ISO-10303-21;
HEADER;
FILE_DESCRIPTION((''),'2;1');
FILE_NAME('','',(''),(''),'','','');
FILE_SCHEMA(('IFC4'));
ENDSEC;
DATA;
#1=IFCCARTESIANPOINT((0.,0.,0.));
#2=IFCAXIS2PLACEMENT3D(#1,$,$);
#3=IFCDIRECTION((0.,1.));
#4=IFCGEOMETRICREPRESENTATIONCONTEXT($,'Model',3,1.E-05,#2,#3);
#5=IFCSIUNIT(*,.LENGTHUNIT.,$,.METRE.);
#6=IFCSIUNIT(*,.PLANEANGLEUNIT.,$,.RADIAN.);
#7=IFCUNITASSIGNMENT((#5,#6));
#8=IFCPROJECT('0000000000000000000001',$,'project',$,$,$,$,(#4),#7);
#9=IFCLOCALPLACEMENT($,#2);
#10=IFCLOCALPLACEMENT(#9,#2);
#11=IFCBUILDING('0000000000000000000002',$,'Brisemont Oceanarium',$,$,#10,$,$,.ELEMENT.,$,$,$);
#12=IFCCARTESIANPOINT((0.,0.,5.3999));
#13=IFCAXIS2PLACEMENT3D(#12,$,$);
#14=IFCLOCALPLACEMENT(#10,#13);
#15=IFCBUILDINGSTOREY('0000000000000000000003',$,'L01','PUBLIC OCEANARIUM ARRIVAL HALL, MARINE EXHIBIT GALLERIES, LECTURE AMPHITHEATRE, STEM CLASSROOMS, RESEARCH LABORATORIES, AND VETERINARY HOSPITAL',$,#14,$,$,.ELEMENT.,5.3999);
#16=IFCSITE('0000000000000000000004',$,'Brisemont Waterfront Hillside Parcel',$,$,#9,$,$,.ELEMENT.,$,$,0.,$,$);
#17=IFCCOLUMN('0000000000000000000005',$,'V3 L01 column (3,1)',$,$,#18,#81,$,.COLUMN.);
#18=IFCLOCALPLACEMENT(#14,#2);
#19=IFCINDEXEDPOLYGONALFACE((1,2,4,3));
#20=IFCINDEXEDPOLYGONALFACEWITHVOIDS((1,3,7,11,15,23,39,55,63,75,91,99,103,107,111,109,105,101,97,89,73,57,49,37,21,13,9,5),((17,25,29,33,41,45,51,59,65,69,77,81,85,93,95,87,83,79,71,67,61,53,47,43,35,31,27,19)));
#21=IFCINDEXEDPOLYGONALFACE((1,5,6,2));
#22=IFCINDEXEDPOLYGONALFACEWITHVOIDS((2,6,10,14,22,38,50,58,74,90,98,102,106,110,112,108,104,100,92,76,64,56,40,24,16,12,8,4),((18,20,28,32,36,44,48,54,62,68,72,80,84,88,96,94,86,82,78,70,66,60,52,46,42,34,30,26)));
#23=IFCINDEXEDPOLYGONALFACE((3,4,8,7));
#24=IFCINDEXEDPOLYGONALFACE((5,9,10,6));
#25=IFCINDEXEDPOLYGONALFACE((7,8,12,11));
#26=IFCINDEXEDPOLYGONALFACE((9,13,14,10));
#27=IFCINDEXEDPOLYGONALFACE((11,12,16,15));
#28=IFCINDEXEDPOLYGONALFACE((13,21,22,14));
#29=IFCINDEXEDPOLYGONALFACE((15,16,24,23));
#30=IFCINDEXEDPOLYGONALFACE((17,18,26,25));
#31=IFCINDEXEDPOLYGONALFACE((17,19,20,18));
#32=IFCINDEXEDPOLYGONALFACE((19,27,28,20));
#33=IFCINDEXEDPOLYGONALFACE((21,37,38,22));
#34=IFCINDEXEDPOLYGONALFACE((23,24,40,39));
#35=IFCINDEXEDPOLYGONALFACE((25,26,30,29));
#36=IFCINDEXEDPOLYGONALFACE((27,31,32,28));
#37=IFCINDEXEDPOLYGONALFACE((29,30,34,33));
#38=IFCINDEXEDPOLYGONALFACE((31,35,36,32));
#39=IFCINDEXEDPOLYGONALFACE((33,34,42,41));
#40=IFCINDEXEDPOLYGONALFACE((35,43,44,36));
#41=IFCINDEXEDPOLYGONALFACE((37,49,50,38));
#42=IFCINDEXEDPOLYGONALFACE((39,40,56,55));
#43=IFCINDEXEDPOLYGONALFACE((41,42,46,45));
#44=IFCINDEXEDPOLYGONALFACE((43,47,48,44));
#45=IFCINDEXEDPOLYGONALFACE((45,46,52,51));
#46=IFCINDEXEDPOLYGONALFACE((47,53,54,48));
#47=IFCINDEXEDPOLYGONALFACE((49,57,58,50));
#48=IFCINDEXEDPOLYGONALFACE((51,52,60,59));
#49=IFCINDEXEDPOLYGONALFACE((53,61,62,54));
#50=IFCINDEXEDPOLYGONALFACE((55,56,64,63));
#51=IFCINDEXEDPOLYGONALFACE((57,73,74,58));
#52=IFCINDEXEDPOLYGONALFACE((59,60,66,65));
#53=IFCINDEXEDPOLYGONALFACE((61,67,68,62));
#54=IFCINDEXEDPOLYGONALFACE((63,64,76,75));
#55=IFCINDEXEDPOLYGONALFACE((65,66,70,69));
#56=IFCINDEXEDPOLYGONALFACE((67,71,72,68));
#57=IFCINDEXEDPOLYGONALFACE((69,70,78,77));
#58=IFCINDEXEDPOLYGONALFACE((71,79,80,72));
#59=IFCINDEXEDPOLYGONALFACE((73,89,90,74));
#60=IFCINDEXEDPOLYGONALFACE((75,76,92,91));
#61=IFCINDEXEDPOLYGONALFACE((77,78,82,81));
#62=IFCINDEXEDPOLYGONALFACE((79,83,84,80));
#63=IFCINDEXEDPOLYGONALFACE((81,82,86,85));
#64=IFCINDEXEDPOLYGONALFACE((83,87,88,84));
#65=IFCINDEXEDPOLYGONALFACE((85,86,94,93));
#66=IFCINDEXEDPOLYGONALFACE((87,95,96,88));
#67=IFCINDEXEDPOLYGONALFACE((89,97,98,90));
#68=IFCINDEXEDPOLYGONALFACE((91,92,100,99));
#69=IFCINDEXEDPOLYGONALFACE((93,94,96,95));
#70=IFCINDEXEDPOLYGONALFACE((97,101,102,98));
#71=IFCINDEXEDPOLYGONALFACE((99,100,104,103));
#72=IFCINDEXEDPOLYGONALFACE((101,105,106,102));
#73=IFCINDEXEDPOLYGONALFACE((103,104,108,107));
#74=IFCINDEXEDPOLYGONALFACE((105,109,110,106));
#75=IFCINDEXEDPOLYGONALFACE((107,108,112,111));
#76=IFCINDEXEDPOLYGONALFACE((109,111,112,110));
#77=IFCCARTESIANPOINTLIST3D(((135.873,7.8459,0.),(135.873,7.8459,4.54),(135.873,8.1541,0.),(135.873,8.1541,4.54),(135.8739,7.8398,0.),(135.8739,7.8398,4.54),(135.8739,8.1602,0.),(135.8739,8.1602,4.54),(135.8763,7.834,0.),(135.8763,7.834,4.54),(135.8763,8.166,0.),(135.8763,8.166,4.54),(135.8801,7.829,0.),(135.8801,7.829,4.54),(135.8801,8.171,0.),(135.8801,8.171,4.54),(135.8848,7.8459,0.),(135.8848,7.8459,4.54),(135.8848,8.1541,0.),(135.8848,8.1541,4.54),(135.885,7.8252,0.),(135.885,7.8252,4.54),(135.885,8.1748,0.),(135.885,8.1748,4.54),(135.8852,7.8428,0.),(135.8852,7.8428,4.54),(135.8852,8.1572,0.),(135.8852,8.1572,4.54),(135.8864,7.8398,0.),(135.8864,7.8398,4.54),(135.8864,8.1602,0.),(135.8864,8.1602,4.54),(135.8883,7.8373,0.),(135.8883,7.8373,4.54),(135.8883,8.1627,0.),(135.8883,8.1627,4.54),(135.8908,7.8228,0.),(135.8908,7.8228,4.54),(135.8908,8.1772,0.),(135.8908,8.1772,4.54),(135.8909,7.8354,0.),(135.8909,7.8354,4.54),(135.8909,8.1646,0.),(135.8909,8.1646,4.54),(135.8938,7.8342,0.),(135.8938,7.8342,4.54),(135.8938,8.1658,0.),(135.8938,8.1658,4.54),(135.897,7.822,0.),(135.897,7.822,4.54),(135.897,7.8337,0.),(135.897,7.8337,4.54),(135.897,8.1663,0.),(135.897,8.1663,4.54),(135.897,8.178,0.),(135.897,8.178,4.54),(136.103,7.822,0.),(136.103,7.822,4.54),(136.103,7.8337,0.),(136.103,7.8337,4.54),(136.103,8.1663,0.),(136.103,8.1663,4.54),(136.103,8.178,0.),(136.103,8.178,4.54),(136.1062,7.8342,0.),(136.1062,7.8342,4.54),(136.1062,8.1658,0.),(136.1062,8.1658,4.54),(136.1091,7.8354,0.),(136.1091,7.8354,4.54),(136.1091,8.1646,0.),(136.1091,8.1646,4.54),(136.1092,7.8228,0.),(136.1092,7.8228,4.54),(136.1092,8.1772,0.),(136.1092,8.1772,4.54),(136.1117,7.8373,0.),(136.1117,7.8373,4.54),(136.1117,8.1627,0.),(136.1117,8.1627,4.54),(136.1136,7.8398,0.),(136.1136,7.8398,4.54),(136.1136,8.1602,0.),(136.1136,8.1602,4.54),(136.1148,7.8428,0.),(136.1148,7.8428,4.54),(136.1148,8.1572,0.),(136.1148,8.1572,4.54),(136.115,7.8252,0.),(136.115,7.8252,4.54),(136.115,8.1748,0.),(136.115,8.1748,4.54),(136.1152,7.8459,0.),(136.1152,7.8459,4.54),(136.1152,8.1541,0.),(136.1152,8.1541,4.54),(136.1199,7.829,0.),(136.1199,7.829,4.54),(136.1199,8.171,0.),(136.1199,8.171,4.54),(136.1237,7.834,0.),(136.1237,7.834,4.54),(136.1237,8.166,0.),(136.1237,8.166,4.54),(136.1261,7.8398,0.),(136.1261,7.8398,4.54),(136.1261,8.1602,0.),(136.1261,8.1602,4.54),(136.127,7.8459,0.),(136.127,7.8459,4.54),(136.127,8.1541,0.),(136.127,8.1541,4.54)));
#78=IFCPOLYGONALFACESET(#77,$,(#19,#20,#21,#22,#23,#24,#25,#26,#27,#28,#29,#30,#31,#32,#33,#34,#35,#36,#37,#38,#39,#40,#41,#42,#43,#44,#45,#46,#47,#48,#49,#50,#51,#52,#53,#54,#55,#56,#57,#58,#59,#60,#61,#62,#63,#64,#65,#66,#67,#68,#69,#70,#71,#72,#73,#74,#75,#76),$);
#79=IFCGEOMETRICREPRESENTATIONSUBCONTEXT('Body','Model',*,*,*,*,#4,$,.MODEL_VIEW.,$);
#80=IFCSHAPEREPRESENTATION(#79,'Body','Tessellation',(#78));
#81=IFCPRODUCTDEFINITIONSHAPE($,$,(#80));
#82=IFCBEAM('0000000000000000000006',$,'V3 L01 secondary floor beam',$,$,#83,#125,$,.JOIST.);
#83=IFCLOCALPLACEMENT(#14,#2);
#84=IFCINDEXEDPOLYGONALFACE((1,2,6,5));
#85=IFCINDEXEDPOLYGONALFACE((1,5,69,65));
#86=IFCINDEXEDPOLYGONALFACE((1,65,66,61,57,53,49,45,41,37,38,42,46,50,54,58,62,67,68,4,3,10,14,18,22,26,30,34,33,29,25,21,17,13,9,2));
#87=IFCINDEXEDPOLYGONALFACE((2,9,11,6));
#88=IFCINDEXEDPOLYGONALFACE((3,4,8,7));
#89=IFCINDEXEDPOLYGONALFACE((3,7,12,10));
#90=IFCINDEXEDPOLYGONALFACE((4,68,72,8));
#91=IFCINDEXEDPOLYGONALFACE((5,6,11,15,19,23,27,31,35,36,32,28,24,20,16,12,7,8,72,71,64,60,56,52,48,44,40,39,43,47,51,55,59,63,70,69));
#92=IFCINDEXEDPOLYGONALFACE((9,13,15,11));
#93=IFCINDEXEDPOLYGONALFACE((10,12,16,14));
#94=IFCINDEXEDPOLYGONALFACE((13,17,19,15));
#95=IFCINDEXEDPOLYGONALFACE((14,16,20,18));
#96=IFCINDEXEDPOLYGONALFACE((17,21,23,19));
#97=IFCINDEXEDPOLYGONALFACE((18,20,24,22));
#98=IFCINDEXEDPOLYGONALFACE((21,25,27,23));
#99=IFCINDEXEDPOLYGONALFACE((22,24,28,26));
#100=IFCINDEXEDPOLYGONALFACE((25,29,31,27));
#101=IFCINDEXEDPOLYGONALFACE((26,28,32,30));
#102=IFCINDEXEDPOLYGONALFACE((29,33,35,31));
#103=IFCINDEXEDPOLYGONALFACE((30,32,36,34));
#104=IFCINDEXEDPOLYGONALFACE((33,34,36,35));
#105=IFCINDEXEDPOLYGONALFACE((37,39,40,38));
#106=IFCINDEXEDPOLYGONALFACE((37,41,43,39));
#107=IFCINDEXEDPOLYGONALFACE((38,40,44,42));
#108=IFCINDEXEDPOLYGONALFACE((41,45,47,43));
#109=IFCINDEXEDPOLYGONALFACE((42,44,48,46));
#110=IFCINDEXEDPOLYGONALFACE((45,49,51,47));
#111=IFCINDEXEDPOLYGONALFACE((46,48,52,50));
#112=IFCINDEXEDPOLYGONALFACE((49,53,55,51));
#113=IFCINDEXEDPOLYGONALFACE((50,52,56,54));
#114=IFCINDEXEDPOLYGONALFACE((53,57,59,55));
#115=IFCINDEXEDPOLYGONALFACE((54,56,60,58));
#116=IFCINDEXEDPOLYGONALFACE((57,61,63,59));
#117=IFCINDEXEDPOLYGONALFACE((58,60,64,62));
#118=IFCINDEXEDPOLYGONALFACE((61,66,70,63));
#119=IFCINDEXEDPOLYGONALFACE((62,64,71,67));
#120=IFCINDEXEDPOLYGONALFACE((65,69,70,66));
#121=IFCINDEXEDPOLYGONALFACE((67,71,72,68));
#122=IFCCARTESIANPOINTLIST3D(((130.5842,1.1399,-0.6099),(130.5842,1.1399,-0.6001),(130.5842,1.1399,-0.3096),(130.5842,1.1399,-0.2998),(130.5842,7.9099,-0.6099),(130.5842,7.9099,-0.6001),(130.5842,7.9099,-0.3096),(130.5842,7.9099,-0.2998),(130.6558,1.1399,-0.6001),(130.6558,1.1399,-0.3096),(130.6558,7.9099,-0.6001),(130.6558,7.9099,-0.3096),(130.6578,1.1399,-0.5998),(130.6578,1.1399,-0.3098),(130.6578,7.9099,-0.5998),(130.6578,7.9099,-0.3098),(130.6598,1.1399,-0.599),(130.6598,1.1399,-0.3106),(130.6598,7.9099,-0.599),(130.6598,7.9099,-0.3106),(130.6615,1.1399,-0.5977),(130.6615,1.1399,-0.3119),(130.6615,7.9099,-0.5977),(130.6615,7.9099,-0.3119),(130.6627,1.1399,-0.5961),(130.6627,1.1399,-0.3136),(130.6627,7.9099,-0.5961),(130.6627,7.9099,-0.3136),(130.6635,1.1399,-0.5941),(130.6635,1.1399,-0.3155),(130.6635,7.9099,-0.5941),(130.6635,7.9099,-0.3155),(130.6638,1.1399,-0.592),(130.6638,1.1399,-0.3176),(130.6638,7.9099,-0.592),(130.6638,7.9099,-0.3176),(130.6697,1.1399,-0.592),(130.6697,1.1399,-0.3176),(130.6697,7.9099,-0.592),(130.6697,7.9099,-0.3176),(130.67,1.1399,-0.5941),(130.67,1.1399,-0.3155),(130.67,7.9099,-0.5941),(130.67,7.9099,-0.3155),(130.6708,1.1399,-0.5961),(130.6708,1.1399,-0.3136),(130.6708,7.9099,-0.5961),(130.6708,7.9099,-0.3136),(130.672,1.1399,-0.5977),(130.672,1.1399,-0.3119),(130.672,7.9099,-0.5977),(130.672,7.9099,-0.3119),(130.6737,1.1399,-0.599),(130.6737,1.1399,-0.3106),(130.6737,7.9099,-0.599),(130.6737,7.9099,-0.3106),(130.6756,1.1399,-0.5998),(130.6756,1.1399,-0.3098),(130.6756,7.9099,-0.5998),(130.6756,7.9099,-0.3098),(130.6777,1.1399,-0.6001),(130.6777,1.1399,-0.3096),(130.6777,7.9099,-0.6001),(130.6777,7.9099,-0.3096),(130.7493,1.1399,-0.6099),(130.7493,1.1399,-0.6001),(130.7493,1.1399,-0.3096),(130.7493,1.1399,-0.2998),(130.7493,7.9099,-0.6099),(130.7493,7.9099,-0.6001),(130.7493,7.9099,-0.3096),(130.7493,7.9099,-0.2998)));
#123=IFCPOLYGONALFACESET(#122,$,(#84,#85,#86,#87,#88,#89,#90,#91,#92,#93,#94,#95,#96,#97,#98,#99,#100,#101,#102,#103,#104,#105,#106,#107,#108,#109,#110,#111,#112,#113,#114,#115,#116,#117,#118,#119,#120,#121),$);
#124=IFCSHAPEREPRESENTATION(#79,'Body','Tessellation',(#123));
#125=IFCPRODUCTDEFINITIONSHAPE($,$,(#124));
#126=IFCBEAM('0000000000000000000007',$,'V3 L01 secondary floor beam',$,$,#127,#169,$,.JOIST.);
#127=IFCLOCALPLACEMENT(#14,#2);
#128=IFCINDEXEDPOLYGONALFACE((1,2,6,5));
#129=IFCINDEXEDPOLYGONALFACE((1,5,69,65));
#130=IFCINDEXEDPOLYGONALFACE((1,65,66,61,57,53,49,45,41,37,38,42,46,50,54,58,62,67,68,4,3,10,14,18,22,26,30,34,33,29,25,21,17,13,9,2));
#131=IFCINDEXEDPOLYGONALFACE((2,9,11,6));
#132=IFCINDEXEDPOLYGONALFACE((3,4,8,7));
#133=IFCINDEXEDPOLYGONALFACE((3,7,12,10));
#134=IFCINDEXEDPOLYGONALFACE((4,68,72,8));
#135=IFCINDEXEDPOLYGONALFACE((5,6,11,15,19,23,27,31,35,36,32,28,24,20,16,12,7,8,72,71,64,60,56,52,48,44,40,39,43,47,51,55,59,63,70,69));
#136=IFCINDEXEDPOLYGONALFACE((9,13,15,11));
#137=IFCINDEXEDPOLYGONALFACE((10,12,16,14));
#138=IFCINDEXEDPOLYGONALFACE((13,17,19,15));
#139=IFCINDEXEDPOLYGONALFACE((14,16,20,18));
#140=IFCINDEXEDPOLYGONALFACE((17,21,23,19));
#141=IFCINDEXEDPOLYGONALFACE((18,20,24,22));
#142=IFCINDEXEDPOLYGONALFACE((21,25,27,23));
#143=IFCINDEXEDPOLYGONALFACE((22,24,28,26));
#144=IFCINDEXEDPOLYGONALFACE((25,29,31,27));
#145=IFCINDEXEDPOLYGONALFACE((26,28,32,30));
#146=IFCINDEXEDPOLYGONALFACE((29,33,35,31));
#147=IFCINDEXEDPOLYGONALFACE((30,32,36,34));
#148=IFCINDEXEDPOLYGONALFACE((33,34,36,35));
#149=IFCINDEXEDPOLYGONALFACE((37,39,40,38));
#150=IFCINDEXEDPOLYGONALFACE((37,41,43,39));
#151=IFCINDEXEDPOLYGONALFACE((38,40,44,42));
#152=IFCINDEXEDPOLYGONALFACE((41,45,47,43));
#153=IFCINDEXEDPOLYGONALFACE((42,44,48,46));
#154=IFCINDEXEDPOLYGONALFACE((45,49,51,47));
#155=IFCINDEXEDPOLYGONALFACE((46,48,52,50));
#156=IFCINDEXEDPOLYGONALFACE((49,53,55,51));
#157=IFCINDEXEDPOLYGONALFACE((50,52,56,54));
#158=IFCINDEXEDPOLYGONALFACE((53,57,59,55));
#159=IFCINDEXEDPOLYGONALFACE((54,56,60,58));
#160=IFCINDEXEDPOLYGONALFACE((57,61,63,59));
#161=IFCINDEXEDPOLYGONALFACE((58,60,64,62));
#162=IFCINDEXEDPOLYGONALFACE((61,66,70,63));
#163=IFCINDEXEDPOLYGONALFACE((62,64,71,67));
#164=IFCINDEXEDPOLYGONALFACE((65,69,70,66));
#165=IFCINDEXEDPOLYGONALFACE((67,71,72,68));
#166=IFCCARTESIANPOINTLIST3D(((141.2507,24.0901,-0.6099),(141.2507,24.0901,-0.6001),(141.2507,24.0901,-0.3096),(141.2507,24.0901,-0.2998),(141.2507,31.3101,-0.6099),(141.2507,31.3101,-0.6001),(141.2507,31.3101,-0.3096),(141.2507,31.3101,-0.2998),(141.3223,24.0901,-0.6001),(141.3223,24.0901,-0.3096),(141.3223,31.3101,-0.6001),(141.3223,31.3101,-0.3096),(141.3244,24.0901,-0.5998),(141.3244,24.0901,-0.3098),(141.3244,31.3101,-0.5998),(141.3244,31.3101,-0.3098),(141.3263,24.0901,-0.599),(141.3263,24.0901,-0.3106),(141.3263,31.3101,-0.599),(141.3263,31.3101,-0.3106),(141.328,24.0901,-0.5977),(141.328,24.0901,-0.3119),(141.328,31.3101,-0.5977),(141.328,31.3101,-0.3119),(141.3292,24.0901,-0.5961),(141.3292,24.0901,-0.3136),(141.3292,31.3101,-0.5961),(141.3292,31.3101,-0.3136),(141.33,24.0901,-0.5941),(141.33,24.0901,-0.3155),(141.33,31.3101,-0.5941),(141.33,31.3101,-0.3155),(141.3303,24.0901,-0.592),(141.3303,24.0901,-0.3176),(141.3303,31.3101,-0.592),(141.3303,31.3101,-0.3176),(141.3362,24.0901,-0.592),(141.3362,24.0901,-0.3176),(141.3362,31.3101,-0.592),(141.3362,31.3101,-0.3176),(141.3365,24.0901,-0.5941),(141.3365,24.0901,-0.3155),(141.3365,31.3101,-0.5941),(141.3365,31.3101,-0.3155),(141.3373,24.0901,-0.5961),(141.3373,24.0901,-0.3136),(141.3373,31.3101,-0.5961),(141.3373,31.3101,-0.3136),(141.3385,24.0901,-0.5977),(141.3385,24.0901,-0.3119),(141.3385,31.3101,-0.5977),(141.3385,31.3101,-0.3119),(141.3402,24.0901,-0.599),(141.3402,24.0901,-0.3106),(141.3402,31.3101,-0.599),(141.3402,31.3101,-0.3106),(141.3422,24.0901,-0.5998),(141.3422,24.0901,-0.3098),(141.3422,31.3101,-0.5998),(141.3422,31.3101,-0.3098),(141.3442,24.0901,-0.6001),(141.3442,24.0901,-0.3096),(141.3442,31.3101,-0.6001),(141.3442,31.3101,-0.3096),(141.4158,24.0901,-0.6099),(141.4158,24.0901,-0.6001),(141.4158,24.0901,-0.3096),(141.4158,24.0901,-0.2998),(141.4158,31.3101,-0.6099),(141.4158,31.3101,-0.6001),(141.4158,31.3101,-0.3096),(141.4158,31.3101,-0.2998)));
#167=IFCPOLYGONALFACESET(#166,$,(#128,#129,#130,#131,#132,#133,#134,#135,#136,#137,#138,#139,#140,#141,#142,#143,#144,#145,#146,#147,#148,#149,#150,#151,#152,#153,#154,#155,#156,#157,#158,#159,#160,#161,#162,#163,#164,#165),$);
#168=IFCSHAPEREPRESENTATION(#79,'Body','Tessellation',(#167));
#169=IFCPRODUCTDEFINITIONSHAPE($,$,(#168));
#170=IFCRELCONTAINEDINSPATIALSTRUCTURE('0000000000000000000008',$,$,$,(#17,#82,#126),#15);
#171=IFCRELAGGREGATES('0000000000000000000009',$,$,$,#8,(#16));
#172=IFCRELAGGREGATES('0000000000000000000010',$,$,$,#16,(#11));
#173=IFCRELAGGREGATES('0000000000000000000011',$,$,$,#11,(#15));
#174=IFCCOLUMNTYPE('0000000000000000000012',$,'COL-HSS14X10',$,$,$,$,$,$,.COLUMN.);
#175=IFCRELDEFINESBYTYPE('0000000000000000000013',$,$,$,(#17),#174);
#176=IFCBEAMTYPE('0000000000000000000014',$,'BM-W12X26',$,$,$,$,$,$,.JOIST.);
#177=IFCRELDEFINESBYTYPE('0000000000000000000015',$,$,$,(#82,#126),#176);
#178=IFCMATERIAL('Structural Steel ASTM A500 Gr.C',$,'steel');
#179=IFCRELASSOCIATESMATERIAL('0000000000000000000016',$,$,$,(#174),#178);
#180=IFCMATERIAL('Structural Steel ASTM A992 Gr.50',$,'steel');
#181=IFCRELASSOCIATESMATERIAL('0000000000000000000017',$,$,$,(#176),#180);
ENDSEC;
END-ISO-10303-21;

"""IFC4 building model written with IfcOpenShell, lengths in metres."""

from ifc_helpers import new_model, si_unit, direction, frame, origin, origin_2d, place, context, subcontext, project, spatial, hollow_rectangle, i_section, extrude, material, material_profile, profile_set, type_object, element, save


model = new_model("IFC4")

# Units and contexts
model_context = context("Model", 3, precision=1e-05, world=origin(), true_north=direction((0.0, 1.0)))
body_context = subcontext(model_context, "Body", "Model", "MODEL_VIEW")
ifc_project = project(units=[si_unit("LENGTHUNIT", "METRE"), si_unit("PLANEANGLEUNIT", "RADIAN")], contexts=[model_context])

# Site, building, storey
site_placement = place(None, origin())
site = spatial("IfcSite", under=ifc_project, at=site_placement, Name="Brisemont Waterfront Hillside Parcel", CompositionType="ELEMENT", RefElevation=0.0)
building_placement = place(site_placement, origin())
building = spatial("IfcBuilding", under=site, at=building_placement, Name="Brisemont Oceanarium", CompositionType="ELEMENT")
storey_placement = place(building_placement, frame((0.0, 0.0, 5.3999)))
storey = spatial("IfcBuildingStorey", under=building, at=storey_placement, Name="L01", Description="PUBLIC OCEANARIUM ARRIVAL HALL, MARINE EXHIBIT GALLERIES, LECTURE AMPHITHEATRE, STEM CLASSROOMS, RESEARCH LABORATORIES, AND VETERINARY HOSPITAL", CompositionType="ELEMENT", Elevation=5.3999)

# Column
ifc_material_1 = material(Name="Structural Steel ASTM A500 Gr.C", Category="steel")
ifc_material_profile_1 = material_profile(ifc_material_1, hollow_rectangle(XDim=0.2539, YDim=0.356, WallThickness=0.0117, InnerFilletRadius=0.0122, OuterFilletRadius=0.0239, at=origin_2d()), Name="HSS14X10X1/2")
ifc_profile_set_1 = profile_set([ifc_material_profile_1], Name="Structural Steel ASTM A500 Gr.C")
column_type_1 = type_object("IfcColumnType", Name="COL-HSS14X10", PredefinedType="COLUMN", material=ifc_profile_set_1)
column_1_placement = place(storey_placement, frame((136.0, 8.0, 0.0), z_axis=(0.0, 0.0, 1.0), x_axis=(1.0, 0.0, 0.0)))
element("IfcColumn", 1, at=column_1_placement, inside=storey, type_object=column_type_1, Name="V3 L01 column (3,1)", PredefinedType="COLUMN", context=body_context, shape_type="SweptSolid", body=[
    extrude(hollow_rectangle(XDim=0.2539, YDim=0.356, WallThickness=0.0117, InnerFilletRadius=0.0122, OuterFilletRadius=0.0239, at=origin_2d()), origin(), (0.0, 0.0, 1.0), 4.54),
])

# Beams
ifc_material_2 = material(Name="Structural Steel ASTM A992 Gr.50", Category="steel")
ifc_material_profile_2 = material_profile(ifc_material_2, i_section(OverallWidth=0.165, OverallDepth=0.3101, WebThickness=0.0059, FlangeThickness=0.0098, FilletRadius=0.0081, at=origin_2d()), Name="W12X26")
ifc_profile_set_2 = profile_set([ifc_material_profile_2], Name="Structural Steel ASTM A992 Gr.50")
beam_type_1 = type_object("IfcBeamType", Name="BM-W12X26", PredefinedType="JOIST", material=ifc_profile_set_2)
beam_1_placement = place(storey_placement, frame((130.6667, 1.1399, -0.4548), z_axis=(0.0, 1.0, 0.0), x_axis=(-1.0, 0.0, 0.0)))
element("IfcBeam", 2, at=beam_1_placement, inside=storey, type_object=beam_type_1, Name="V3 L01 secondary floor beam", PredefinedType="JOIST", context=body_context, shape_type="SweptSolid", body=[
    extrude(i_section(OverallWidth=0.165, OverallDepth=0.3101, WebThickness=0.0059, FlangeThickness=0.0098, FilletRadius=0.0081, at=origin_2d()), origin(), (0.0, 0.0, 1.0), 6.77),
])
beam_2_placement = place(storey_placement, frame((141.3333, 24.0901, -0.4548), z_axis=(0.0, 1.0, 0.0), x_axis=(-1.0, 0.0, 0.0)))
element("IfcBeam", 3, at=beam_2_placement, inside=storey, type_object=beam_type_1, Name="V3 L01 secondary floor beam", PredefinedType="JOIST", context=body_context, shape_type="SweptSolid", body=[
    extrude(i_section(OverallWidth=0.165, OverallDepth=0.3101, WebThickness=0.0059, FlangeThickness=0.0098, FilletRadius=0.0081, at=origin_2d()), origin(), (0.0, 0.0, 1.0), 7.22),
])

save(model, "model.ifc")
